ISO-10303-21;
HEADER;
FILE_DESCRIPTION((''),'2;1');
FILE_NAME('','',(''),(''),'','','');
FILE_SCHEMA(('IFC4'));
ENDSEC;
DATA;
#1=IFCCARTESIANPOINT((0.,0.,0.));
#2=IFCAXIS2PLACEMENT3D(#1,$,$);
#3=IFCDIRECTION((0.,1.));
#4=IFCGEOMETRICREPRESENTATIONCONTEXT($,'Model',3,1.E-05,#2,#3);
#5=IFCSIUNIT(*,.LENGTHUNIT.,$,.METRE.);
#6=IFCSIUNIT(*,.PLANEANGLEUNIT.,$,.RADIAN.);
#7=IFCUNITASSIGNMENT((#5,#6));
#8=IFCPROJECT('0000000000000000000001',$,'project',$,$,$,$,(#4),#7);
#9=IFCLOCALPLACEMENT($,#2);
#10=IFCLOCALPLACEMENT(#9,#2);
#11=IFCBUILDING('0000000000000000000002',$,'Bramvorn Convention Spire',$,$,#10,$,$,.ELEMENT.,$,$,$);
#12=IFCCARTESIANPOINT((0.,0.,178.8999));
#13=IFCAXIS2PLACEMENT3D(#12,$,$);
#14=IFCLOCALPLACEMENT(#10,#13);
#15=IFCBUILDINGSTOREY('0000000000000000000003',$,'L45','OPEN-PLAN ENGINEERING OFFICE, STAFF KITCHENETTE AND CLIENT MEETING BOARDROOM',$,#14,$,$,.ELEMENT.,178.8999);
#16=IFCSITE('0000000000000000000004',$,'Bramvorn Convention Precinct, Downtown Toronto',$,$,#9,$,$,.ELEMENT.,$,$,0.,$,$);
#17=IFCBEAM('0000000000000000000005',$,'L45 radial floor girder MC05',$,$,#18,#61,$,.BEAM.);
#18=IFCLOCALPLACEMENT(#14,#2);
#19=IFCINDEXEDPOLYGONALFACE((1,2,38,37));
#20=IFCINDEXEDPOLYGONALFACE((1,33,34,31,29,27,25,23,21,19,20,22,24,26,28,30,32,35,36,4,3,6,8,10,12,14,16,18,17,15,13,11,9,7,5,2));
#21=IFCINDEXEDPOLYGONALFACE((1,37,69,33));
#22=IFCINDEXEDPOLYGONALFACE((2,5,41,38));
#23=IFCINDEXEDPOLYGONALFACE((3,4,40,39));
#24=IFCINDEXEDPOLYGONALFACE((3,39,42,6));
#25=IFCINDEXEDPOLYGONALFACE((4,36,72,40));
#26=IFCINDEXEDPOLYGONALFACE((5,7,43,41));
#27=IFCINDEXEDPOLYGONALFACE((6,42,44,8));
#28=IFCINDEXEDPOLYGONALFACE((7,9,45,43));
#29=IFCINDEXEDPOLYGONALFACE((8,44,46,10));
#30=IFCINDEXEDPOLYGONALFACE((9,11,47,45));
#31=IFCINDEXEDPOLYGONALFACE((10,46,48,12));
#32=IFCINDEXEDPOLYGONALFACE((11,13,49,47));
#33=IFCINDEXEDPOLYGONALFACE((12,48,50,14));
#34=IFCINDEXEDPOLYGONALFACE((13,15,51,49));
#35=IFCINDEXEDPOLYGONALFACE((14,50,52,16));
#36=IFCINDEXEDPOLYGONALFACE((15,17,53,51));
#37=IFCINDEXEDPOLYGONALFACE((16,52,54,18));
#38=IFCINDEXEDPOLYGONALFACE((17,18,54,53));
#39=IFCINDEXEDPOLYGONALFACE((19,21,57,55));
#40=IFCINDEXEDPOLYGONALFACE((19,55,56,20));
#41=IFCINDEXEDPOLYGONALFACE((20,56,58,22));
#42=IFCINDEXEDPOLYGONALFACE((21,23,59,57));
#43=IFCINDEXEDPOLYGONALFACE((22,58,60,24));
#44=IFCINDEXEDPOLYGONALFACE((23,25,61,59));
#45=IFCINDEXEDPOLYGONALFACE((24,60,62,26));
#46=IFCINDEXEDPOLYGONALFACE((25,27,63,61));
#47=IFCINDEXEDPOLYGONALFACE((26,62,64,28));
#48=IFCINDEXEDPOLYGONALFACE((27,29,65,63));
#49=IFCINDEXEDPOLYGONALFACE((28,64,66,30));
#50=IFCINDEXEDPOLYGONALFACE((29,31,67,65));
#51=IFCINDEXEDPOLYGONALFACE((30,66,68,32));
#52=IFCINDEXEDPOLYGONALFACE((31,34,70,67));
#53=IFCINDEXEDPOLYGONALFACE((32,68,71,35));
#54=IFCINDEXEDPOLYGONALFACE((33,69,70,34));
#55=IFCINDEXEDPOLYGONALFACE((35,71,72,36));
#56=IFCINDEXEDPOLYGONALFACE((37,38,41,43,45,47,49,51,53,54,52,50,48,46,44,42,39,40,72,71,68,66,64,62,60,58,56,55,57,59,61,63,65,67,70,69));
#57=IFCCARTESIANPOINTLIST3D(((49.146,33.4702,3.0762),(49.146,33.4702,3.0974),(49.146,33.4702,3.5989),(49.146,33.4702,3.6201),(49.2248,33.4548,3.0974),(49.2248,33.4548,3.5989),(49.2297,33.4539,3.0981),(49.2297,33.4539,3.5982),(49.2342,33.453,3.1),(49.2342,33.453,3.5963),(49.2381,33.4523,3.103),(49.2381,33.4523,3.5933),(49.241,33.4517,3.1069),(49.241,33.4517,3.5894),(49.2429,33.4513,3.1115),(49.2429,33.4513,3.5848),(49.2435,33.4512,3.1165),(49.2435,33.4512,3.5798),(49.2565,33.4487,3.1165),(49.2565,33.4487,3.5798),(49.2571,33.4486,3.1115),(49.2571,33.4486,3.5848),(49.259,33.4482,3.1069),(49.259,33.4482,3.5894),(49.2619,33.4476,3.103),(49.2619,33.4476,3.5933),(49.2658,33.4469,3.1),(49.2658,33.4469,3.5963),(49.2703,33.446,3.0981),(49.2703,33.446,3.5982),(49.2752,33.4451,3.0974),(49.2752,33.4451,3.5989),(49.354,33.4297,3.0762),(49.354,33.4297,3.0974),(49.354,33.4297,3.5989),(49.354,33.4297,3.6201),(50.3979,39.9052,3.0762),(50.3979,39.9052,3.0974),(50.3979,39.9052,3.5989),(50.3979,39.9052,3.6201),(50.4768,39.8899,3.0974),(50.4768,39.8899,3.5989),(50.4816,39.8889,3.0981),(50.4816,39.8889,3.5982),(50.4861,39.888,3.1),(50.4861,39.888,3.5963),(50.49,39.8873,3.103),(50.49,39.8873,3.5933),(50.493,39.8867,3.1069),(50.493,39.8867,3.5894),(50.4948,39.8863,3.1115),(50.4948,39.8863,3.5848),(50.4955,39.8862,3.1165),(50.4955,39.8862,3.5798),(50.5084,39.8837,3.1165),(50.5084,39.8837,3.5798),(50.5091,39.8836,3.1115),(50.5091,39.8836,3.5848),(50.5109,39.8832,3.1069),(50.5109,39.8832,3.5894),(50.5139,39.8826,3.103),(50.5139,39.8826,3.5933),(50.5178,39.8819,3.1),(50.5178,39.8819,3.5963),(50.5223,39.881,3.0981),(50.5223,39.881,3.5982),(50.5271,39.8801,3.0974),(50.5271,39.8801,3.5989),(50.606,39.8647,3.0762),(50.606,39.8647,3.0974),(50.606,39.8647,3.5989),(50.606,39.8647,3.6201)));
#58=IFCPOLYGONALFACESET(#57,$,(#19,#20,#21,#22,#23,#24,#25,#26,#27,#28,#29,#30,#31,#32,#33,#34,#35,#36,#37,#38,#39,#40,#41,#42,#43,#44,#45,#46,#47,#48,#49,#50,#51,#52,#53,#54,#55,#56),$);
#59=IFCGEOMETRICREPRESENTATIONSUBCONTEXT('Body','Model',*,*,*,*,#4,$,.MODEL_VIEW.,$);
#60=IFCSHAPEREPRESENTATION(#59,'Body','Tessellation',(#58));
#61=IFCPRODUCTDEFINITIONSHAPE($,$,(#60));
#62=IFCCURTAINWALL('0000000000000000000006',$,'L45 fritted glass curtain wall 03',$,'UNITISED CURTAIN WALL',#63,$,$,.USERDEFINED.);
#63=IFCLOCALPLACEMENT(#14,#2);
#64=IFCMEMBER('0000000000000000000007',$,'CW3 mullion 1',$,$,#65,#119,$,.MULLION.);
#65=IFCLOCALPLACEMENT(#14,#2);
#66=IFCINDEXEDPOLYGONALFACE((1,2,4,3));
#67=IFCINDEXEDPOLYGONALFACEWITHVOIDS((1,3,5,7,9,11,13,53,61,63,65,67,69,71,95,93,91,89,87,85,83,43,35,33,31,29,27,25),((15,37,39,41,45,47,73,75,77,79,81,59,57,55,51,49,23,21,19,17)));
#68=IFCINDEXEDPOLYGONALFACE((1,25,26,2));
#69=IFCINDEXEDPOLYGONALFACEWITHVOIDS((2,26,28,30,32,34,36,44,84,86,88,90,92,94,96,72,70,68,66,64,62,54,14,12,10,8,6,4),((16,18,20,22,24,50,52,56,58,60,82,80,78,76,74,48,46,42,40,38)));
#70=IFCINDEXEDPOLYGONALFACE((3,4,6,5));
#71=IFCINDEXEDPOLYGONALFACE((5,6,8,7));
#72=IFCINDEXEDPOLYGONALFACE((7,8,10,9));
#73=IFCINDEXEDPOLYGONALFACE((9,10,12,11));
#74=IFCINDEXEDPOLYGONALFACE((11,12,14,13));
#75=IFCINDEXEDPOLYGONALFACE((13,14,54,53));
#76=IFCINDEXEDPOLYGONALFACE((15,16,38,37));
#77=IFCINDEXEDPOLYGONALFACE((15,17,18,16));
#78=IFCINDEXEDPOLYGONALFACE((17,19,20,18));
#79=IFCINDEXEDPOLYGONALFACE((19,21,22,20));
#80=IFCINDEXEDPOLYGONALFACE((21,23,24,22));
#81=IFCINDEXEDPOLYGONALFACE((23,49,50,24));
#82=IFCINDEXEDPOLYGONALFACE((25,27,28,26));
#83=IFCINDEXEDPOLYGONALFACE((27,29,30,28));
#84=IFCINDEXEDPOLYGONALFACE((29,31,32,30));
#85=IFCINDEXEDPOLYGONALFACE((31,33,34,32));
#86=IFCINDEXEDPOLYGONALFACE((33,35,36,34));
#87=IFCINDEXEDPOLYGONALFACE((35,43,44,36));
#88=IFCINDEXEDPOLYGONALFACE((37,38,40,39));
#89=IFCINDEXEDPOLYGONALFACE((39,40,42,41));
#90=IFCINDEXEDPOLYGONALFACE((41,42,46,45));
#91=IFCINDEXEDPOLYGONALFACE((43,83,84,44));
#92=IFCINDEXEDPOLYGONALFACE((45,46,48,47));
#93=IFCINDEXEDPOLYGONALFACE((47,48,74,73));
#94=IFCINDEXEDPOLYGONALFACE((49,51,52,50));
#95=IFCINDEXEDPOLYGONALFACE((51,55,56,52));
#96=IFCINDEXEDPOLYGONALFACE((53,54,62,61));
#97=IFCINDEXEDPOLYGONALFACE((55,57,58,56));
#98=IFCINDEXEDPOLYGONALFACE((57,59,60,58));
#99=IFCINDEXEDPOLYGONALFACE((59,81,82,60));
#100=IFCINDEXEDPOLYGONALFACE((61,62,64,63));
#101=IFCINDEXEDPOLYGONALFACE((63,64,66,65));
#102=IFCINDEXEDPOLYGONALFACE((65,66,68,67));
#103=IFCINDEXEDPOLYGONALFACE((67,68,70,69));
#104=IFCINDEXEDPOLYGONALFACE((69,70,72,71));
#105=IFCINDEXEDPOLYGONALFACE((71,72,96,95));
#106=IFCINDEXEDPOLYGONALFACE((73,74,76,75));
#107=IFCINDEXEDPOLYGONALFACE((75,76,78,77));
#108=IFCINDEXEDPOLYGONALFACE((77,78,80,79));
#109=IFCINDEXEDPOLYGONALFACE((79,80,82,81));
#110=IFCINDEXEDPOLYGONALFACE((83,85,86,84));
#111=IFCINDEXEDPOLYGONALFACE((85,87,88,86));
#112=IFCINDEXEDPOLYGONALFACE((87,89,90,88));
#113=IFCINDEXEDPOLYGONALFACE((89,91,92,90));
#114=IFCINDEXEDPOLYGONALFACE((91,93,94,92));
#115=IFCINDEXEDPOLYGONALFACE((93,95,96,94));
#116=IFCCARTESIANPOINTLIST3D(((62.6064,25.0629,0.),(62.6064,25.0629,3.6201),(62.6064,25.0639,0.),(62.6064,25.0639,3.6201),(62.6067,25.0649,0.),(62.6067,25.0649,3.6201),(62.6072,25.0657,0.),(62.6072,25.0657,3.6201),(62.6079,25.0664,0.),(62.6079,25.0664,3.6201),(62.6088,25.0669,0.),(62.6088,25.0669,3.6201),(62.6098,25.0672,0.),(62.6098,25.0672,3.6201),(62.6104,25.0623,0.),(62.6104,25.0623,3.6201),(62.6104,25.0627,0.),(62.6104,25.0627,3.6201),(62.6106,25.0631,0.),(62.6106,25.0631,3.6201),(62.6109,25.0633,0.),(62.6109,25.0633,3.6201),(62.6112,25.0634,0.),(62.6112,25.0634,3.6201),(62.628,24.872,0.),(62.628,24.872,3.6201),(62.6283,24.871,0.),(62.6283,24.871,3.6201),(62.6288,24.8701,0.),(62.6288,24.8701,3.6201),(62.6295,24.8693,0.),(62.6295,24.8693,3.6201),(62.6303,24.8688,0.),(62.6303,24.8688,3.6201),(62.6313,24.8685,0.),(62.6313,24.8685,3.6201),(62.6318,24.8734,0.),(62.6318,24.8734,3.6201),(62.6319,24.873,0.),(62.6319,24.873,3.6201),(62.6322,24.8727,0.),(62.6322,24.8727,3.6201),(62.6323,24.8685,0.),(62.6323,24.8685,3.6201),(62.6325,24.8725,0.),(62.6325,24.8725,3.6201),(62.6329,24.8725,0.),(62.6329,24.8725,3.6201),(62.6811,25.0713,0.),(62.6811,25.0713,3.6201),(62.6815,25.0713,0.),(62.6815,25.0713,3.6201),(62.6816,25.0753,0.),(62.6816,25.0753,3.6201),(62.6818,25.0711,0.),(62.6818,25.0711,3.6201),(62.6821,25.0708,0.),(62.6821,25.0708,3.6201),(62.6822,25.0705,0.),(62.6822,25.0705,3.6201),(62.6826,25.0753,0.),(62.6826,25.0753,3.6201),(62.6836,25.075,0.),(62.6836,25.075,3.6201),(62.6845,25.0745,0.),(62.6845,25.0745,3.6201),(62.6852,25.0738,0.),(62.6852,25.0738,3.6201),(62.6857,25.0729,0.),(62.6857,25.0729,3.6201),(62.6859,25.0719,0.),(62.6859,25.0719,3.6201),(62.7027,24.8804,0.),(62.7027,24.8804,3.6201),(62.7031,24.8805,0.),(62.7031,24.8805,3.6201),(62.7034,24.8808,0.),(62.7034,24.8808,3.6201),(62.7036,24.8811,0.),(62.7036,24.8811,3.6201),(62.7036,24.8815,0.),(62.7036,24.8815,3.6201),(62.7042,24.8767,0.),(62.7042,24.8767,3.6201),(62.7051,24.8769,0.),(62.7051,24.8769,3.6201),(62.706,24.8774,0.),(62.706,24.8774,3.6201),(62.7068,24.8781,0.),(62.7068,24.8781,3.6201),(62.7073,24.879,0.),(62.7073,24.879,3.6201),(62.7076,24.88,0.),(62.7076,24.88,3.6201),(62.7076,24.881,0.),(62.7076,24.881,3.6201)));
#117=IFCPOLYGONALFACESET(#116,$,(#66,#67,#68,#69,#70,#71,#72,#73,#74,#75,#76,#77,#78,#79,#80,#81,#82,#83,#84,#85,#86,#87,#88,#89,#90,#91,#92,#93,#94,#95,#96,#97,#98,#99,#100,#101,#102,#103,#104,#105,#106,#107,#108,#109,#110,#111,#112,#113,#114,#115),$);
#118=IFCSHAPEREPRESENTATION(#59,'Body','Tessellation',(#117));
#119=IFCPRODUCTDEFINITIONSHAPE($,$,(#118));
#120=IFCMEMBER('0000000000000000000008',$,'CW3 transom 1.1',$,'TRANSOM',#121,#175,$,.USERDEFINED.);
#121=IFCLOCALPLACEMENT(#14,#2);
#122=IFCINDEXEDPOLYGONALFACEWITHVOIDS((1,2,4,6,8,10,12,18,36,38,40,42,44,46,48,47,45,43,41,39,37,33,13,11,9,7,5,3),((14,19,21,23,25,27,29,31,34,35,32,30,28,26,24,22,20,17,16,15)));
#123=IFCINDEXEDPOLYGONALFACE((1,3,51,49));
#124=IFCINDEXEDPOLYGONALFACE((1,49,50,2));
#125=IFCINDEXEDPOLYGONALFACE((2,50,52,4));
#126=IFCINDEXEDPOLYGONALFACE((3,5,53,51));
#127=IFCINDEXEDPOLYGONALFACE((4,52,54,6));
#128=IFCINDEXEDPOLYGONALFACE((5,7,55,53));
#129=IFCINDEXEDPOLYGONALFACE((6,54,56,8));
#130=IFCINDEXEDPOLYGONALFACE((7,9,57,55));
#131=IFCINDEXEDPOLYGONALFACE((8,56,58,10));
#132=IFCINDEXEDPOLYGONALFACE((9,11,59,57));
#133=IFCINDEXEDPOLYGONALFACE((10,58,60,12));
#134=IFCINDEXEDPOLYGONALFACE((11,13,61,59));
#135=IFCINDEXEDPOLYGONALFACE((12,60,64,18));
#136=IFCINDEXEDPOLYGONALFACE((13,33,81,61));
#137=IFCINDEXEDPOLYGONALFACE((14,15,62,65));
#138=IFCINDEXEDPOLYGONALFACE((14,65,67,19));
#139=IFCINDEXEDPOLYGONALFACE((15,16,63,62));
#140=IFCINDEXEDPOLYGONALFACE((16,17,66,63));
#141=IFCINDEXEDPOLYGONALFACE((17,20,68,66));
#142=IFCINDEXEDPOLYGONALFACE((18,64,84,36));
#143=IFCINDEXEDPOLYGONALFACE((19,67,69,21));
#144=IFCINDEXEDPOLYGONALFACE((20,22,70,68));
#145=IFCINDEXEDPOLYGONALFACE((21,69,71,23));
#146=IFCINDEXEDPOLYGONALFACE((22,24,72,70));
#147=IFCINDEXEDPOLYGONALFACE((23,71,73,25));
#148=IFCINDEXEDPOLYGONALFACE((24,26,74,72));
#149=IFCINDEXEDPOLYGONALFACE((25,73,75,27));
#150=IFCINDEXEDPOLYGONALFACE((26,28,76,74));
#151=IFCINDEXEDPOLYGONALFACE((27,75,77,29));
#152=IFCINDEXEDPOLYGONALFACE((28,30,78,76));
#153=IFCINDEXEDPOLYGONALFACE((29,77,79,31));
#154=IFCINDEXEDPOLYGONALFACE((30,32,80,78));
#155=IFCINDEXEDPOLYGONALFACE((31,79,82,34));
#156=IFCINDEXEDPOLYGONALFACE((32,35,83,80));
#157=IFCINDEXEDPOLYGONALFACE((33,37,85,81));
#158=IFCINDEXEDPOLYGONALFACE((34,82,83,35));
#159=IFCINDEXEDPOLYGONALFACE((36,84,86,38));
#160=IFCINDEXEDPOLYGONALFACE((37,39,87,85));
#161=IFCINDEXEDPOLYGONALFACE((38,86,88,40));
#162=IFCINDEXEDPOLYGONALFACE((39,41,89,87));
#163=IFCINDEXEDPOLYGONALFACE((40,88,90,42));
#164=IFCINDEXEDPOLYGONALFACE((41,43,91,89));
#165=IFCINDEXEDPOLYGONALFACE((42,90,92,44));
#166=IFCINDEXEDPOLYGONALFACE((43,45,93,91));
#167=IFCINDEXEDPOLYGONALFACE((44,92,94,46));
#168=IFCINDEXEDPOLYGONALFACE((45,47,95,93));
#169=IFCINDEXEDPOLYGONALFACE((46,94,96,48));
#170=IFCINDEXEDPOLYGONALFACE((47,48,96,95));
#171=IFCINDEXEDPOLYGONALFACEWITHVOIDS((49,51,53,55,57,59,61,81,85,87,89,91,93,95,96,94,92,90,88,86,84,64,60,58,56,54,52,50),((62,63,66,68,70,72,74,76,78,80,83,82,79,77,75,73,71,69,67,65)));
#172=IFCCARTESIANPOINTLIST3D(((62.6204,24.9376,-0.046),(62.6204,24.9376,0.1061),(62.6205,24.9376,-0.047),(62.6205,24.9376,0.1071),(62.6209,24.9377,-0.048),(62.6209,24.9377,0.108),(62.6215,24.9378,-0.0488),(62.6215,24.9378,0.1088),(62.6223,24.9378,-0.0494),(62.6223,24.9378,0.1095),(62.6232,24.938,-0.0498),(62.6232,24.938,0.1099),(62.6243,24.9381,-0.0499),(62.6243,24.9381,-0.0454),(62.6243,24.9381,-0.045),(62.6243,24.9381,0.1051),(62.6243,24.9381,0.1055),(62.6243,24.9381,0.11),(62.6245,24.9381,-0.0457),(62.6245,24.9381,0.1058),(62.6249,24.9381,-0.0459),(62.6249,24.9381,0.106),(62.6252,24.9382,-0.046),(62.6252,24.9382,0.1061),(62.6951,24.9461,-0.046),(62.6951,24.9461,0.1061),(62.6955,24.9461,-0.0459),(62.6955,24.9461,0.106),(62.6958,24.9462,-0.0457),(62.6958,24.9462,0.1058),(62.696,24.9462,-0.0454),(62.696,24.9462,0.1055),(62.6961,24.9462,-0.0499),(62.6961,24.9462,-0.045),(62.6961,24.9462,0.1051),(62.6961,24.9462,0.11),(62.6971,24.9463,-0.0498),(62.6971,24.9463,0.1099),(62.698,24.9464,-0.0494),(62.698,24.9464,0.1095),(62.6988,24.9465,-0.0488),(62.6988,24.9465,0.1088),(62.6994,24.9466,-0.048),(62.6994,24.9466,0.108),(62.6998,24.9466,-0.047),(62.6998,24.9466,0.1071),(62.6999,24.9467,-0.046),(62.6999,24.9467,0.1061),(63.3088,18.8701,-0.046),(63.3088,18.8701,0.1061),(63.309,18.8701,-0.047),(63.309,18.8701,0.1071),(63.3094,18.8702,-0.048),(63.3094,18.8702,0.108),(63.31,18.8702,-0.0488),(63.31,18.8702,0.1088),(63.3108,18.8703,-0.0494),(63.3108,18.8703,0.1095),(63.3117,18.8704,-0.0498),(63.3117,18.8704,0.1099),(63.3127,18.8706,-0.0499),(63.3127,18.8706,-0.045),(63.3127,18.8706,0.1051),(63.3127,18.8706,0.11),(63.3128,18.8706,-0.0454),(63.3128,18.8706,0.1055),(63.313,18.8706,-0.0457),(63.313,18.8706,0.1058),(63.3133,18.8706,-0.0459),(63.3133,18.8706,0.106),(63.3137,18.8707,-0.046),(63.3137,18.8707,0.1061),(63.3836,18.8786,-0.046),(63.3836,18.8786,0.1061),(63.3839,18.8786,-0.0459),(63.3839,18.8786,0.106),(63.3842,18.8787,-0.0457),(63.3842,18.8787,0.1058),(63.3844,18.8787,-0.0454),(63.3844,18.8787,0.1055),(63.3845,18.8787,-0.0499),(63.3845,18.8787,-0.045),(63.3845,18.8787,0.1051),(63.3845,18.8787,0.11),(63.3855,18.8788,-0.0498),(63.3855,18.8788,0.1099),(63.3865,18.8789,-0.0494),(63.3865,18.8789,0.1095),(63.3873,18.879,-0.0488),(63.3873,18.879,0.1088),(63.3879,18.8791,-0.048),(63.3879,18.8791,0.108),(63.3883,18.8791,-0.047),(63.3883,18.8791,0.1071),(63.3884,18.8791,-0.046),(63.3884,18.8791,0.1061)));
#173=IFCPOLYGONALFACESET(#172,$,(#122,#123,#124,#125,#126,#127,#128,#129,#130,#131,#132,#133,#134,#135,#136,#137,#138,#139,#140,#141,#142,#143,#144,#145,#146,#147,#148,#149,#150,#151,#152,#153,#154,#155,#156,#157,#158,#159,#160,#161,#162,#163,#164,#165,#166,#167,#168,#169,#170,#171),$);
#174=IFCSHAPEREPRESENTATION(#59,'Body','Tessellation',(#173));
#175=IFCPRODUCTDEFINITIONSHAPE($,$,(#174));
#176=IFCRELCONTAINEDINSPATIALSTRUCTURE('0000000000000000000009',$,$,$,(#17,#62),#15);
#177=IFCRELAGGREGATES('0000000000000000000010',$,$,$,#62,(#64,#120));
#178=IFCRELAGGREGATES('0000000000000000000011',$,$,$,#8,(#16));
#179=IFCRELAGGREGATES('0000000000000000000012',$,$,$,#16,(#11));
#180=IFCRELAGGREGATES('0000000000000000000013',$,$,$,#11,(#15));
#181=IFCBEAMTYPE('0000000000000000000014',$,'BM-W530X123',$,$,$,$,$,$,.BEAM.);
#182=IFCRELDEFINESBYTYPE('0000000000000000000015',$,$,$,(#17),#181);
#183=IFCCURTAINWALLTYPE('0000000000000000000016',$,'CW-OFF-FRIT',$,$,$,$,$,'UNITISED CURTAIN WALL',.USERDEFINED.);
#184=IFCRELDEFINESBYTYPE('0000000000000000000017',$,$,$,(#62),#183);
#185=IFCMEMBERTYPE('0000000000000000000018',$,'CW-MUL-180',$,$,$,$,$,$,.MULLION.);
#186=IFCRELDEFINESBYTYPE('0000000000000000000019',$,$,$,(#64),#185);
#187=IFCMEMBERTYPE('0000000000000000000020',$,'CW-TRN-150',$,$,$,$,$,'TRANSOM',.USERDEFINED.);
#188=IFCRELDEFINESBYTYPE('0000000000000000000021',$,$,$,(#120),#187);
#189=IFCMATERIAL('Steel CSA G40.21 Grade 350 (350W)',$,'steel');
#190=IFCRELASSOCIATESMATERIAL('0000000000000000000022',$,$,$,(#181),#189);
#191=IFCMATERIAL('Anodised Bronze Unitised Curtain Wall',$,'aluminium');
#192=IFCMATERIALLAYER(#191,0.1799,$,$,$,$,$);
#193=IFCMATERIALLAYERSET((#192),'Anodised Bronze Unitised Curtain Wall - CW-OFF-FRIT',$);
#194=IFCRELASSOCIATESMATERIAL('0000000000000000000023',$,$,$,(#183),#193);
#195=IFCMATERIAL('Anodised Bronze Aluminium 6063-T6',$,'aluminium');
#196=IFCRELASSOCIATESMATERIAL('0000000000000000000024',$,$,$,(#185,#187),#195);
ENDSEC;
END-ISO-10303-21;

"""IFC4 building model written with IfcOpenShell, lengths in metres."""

from ifc_helpers import new_model, si_unit, direction, frame, origin, origin_2d, place, context, subcontext, project, spatial, hollow_rectangle, i_section, extrude, material, layer, layer_set, material_profile, profile_set, type_object, element, aggregate, save


model = new_model("IFC4")

# Units and contexts
model_context = context("Model", 3, precision=1e-05, world=origin(), true_north=direction((0.0, 1.0)))
body_context = subcontext(model_context, "Body", "Model", "MODEL_VIEW")
ifc_project = project(units=[si_unit("LENGTHUNIT", "METRE"), si_unit("PLANEANGLEUNIT", "RADIAN")], contexts=[model_context])

# Site, building, storey
site_placement = place(None, origin())
site = spatial("IfcSite", under=ifc_project, at=site_placement, Name="Bramvorn Convention Precinct, Downtown Toronto", CompositionType="ELEMENT", RefElevation=0.0)
building_placement = place(site_placement, origin())
building = spatial("IfcBuilding", under=site, at=building_placement, Name="Bramvorn Convention Spire", CompositionType="ELEMENT")
storey_placement = place(building_placement, frame((0.0, 0.0, 178.8999)))
storey = spatial("IfcBuildingStorey", under=building, at=storey_placement, Name="L45", Description="OPEN-PLAN ENGINEERING OFFICE, STAFF KITCHENETTE AND CLIENT MEETING BOARDROOM", CompositionType="ELEMENT", Elevation=178.8999)

# Shared definitions
ifc_material_1 = material(Name="Steel CSA G40.21 Grade 350 (350W)", Category="steel")

# Beam
ifc_material_profile_1 = material_profile(ifc_material_1, i_section(OverallWidth=0.2119, OverallDepth=0.5439, WebThickness=0.0132, FlangeThickness=0.0212, FilletRadius=0.019, at=origin_2d()))
ifc_profile_set_1 = profile_set([ifc_material_profile_1], Name="Steel CSA G40.21 Grade 350 (350W) - W530X123")
beam_type_1 = type_object("IfcBeamType", Name="BM-W530X123", PredefinedType="BEAM", material=ifc_profile_set_1)
beam_1_placement = place(storey_placement, frame((49.25, 33.45, 3.3481), z_axis=(0.190971, 0.981596, 0.0), x_axis=(-0.981596, 0.190971, 0.0)))
element("IfcBeam", 1, at=beam_1_placement, inside=storey, type_object=beam_type_1, Name="L45 radial floor girder MC05", PredefinedType="BEAM", context=body_context, shape_type="SweptSolid", body=[
    extrude(i_section(OverallWidth=0.2119, OverallDepth=0.5439, WebThickness=0.0132, FlangeThickness=0.0212, FilletRadius=0.019, at=origin_2d()), origin(), (0.0, 0.0, 1.0), 6.5557),
])

# Curtain wall, members
ifc_material_2 = material(Name="Anodised Bronze Unitised Curtain Wall", Category="aluminium")
ifc_layer_1 = layer(ifc_material_2, 0.1799)
ifc_layer_set_1 = layer_set([ifc_layer_1], Name="Anodised Bronze Unitised Curtain Wall - CW-OFF-FRIT")
curtain_wall_type = type_object("IfcCurtainWallType", Name="CW-OFF-FRIT", ElementType="UNITISED CURTAIN WALL", PredefinedType="USERDEFINED", material=ifc_layer_set_1)
curtain_wall_placement = place(storey_placement, origin())
curtain_wall = element("IfcCurtainWall", 2, at=curtain_wall_placement, inside=storey, type_object=curtain_wall_type, Name="L45 fritted glass curtain wall 03", ObjectType="UNITISED CURTAIN WALL", PredefinedType="USERDEFINED")
ifc_material_3 = material(Name="Anodised Bronze Aluminium 6063-T6", Category="aluminium")
ifc_material_profile_2 = material_profile(ifc_material_3, hollow_rectangle(XDim=0.0801, YDim=0.2, WallThickness=0.0039, InnerFilletRadius=0.001, OuterFilletRadius=0.0039, at=origin_2d()))
ifc_profile_set_2 = profile_set([ifc_material_profile_2], Name="Anodised Bronze Aluminium 6063-T6 - CWM80X200")
member_type_1 = type_object("IfcMemberType", Name="CW-MUL-180", PredefinedType="MULLION", material=ifc_profile_set_2)
member_1_placement = place(storey_placement, frame((62.657, 24.9719, 0.0), z_axis=(0.0, 0.0, 1.0), x_axis=(0.993627, 0.112714, 0.0)))
member_1 = element("IfcMember", 3, at=member_1_placement, type_object=member_type_1, Name="CW3 mullion 1", PredefinedType="MULLION", context=body_context, shape_type="SweptSolid", body=[
    extrude(hollow_rectangle(XDim=0.0801, YDim=0.2, WallThickness=0.0039, InnerFilletRadius=0.001, OuterFilletRadius=0.0039, at=origin_2d()), origin(), (0.0, 0.0, 1.0), 3.6201),
])
ifc_material_profile_3 = material_profile(ifc_material_3, hollow_rectangle(XDim=0.0801, YDim=0.1599, WallThickness=0.0039, InnerFilletRadius=0.001, OuterFilletRadius=0.0039, at=origin_2d()))
ifc_profile_set_3 = profile_set([ifc_material_profile_3], Name="Anodised Bronze Aluminium 6063-T6 - CWT80X160")
member_type_2 = type_object("IfcMemberType", Name="CW-TRN-150", ElementType="TRANSOM", PredefinedType="USERDEFINED", material=ifc_profile_set_3)
member_2_placement = place(storey_placement, frame((62.6602, 24.9421, 0.03), z_axis=(0.112744, -0.993624, 0.0), x_axis=(0.993624, 0.112744, 0.0)))
member_2 = element("IfcMember", 4, at=member_2_placement, type_object=member_type_2, Name="CW3 transom 1.1", ObjectType="TRANSOM", PredefinedType="USERDEFINED", context=body_context, shape_type="SweptSolid", body=[
    extrude(hollow_rectangle(XDim=0.0801, YDim=0.1599, WallThickness=0.0039, InnerFilletRadius=0.001, OuterFilletRadius=0.0039, at=origin_2d()), origin(), (0.0, 0.0, 1.0), 6.1064),
])
aggregate(curtain_wall, [member_1, member_2])

save(model, "model.ifc")
